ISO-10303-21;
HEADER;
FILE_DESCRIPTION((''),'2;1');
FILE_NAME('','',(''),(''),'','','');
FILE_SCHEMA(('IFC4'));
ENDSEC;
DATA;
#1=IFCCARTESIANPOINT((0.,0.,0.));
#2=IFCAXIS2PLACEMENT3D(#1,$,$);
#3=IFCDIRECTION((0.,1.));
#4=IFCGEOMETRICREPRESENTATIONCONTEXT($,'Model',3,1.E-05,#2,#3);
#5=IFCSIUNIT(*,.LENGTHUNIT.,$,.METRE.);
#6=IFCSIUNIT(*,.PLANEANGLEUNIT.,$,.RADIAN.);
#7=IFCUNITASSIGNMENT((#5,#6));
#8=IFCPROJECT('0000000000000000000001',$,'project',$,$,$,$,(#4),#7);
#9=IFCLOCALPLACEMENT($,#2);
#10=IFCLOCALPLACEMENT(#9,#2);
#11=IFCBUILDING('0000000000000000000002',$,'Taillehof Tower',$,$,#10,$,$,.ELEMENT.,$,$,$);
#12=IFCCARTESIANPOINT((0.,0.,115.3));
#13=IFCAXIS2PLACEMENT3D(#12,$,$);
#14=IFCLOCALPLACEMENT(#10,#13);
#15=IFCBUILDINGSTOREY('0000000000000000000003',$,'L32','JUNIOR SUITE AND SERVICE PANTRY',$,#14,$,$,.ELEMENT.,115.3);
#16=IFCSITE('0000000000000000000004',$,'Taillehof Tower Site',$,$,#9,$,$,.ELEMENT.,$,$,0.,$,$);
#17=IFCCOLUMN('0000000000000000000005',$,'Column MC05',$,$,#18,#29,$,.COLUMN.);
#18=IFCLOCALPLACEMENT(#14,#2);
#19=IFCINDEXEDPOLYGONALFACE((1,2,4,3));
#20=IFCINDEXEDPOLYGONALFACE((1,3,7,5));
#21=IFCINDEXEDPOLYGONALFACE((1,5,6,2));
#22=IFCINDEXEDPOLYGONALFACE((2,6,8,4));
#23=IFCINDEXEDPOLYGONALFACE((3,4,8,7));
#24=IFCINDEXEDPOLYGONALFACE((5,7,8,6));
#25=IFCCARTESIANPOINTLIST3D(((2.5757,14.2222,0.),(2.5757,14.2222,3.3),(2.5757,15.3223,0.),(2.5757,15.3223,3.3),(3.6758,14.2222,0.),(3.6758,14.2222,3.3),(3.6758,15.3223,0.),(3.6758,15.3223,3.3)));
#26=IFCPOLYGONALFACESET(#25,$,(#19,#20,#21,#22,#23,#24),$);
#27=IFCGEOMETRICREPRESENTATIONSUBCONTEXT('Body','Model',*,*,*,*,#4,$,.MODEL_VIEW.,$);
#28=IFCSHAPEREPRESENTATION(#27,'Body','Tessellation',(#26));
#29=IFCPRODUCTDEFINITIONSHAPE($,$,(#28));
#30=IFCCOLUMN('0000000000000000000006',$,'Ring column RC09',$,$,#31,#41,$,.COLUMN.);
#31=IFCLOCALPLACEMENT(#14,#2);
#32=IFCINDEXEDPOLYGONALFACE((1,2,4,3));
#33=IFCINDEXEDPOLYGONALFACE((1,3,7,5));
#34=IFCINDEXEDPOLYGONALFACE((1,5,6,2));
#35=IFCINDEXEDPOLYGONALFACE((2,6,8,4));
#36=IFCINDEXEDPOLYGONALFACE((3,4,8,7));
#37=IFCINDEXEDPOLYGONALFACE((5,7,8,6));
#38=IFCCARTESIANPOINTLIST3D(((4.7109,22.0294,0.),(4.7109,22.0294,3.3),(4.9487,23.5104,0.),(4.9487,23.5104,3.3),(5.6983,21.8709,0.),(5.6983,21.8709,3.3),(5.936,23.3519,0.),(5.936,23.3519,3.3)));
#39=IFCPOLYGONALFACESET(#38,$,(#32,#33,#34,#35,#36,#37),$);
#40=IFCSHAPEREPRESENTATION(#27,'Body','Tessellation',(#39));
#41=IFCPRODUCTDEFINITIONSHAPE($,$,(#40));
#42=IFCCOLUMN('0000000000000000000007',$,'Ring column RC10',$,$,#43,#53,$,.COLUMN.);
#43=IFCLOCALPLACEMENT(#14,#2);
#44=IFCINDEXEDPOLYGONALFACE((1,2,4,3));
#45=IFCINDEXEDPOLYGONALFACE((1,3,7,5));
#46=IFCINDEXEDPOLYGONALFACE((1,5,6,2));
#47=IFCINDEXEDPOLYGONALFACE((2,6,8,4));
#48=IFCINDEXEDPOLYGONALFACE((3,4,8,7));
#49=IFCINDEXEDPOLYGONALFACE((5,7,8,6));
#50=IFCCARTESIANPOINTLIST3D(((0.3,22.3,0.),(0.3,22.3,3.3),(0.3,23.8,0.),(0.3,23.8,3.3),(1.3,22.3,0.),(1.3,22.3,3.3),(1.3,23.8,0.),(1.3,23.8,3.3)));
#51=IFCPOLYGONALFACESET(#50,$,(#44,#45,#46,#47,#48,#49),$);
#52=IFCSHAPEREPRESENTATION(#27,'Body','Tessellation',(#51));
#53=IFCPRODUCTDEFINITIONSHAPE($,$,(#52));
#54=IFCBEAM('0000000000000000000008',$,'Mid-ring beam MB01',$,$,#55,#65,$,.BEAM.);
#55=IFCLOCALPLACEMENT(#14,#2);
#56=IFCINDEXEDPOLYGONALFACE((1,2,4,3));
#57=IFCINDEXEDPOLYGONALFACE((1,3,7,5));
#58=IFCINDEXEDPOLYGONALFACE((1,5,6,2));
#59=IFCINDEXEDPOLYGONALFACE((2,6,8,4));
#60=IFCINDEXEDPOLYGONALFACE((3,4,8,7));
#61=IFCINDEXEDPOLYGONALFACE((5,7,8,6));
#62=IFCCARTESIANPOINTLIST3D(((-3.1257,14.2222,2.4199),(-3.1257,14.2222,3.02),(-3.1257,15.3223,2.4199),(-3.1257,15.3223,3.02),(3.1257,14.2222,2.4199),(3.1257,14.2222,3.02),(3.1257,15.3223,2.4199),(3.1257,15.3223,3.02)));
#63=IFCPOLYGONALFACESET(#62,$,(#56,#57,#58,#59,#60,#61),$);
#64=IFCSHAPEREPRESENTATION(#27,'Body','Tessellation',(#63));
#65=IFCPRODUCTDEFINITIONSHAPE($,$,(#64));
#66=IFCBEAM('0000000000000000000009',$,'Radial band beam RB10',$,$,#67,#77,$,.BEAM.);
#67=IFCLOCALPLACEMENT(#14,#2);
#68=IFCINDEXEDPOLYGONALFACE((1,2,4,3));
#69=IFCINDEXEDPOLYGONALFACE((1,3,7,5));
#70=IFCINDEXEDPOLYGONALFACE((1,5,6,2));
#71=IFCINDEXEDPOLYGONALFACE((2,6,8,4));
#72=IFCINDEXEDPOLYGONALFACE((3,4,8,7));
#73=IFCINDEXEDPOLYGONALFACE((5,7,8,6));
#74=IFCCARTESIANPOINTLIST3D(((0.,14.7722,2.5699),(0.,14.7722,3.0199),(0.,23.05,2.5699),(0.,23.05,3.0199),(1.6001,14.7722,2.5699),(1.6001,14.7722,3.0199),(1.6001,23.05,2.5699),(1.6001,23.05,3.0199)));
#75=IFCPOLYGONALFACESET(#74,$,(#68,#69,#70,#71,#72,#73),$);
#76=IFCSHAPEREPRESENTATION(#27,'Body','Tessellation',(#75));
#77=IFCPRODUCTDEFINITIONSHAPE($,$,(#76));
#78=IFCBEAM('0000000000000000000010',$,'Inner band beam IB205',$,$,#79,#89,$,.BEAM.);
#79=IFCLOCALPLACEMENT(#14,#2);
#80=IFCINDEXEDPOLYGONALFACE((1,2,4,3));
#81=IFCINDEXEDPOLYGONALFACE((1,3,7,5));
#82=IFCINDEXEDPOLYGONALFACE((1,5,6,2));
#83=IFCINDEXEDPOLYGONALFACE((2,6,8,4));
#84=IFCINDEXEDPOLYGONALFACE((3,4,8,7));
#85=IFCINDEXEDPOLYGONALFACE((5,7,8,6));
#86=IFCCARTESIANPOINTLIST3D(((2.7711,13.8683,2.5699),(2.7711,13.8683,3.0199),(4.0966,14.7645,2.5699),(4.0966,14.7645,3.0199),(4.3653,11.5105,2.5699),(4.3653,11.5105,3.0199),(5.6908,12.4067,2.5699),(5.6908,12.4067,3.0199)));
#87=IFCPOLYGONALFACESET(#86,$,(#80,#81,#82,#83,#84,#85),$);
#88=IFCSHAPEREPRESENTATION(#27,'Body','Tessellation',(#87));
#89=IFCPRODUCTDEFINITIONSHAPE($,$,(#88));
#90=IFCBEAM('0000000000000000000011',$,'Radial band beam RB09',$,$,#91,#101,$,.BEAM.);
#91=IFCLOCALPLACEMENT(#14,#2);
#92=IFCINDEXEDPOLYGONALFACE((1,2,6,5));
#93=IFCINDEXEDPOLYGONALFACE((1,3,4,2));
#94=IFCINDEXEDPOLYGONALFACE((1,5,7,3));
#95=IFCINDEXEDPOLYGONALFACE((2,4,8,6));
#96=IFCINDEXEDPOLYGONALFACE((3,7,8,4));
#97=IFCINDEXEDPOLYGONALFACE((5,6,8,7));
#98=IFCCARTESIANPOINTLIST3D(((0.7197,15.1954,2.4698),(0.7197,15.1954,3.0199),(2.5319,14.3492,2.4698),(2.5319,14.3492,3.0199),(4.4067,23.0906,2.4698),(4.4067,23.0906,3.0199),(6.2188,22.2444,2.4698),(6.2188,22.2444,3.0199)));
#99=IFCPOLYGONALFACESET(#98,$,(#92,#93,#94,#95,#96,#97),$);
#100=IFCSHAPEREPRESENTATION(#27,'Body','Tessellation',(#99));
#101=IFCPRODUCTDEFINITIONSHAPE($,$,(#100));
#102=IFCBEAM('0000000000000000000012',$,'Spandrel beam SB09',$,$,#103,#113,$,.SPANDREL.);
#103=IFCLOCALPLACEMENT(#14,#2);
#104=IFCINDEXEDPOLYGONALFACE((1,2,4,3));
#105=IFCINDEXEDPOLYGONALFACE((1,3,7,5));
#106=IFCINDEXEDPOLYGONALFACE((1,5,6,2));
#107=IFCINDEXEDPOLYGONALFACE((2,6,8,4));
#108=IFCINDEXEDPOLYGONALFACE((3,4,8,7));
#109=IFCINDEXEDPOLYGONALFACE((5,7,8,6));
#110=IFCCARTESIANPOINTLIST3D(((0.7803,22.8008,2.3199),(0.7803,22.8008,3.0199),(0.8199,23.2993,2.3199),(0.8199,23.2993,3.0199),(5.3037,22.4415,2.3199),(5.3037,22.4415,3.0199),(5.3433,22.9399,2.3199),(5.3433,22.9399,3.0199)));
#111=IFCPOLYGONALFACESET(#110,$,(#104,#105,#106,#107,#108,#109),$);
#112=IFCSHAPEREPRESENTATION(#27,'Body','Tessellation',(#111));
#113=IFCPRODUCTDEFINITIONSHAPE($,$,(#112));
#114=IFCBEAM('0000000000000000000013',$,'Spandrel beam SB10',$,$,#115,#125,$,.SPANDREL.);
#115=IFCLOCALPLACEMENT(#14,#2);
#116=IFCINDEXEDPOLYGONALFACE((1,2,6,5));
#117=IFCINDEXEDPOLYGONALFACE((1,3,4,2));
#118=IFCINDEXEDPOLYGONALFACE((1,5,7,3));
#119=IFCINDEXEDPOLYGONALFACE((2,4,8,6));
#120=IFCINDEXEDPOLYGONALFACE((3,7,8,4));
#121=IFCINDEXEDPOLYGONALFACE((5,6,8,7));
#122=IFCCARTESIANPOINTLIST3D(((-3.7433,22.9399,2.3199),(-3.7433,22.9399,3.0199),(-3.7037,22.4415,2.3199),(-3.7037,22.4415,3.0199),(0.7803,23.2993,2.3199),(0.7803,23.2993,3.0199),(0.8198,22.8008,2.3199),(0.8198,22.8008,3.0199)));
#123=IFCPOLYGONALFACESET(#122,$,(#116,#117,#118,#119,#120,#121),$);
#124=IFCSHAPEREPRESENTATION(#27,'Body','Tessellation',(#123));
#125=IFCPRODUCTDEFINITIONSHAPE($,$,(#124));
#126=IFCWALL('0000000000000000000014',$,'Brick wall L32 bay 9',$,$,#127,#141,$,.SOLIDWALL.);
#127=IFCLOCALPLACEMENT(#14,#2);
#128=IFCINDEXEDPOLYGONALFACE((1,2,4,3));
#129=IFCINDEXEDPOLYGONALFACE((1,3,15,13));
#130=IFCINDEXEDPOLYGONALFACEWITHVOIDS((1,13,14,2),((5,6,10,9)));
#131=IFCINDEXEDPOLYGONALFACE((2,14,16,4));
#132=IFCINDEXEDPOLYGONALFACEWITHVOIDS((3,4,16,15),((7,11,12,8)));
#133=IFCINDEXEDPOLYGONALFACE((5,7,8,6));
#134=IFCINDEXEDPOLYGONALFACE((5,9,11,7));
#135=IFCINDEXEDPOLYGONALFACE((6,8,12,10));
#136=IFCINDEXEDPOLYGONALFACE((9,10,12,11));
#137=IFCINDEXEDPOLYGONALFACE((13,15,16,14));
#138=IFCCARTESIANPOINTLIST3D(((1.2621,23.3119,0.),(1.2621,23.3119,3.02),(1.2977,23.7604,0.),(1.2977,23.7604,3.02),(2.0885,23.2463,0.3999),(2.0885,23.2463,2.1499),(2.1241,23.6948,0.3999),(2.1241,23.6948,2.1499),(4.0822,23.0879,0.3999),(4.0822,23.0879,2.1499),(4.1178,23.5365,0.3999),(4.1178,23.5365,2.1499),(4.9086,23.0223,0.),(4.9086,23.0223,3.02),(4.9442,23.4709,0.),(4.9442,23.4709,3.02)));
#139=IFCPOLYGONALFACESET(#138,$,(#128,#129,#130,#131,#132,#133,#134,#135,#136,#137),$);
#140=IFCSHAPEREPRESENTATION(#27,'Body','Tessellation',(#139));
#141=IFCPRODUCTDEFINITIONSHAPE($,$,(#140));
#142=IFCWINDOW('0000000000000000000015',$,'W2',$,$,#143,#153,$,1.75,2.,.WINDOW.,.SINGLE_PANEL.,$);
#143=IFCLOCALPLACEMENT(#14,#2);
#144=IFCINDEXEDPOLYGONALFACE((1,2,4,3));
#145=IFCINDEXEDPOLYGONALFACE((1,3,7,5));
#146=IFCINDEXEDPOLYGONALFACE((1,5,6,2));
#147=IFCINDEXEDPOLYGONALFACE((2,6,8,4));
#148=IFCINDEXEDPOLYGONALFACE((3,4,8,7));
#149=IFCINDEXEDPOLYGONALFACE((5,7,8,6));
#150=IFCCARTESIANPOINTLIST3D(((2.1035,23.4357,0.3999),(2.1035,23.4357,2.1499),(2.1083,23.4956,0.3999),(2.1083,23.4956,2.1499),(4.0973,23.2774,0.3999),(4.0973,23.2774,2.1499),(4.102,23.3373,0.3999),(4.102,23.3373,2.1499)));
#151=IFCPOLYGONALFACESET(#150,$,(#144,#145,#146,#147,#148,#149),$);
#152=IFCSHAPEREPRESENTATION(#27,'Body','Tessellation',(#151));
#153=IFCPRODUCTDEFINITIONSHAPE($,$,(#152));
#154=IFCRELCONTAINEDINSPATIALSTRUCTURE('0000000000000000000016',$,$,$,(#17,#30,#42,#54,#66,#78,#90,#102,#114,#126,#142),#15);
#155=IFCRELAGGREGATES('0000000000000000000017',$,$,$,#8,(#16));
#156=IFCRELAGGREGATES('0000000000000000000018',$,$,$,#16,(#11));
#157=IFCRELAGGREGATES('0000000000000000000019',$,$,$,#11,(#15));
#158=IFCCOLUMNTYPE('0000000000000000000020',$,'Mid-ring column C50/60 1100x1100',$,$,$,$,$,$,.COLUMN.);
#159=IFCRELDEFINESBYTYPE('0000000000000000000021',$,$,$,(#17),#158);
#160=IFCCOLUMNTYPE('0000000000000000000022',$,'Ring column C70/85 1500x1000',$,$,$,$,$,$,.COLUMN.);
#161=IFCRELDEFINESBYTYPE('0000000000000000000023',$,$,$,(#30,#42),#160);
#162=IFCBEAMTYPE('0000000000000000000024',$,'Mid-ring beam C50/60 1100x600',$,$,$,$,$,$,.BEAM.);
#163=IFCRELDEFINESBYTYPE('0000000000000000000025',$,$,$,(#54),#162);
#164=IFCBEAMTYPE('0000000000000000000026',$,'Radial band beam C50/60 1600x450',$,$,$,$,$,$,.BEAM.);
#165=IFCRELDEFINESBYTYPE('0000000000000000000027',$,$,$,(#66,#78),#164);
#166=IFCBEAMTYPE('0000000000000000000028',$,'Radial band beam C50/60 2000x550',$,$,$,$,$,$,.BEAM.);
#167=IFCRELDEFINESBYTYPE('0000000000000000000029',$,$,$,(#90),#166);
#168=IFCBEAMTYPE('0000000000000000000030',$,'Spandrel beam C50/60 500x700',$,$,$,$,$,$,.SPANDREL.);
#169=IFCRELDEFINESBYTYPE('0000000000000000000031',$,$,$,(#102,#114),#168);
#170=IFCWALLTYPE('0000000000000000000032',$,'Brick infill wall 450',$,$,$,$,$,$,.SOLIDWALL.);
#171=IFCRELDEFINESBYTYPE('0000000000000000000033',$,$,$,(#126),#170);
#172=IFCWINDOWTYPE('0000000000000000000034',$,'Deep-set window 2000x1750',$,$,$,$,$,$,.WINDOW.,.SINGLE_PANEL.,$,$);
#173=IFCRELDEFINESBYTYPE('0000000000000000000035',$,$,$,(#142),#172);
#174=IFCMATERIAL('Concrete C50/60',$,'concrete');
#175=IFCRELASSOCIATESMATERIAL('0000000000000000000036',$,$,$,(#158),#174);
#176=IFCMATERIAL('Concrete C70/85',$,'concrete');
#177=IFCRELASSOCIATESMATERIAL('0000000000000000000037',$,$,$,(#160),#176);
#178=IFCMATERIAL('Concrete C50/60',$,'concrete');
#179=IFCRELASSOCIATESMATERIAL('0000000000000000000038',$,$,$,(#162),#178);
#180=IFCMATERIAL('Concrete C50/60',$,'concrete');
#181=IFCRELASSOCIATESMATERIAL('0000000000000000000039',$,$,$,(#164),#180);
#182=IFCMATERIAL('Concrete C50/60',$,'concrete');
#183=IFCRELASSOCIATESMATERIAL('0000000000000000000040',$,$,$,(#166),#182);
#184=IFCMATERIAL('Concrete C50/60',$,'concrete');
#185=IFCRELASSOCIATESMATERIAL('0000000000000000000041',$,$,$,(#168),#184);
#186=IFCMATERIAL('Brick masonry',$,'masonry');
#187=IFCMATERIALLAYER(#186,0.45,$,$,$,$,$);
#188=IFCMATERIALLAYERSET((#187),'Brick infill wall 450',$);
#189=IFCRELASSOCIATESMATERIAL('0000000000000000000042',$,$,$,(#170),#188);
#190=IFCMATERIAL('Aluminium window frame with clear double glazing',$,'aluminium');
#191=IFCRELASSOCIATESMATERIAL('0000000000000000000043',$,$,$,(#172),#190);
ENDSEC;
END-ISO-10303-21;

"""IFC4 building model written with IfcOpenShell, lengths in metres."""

from ifc_helpers import new_model, si_unit, direction, frame, frame_2d, origin, origin_2d, place, context, subcontext, project, spatial, rectangle, extrude, material, layer, layer_set, material_profile, profile_set, type_object, element, fill, save


model = new_model("IFC4")

# Units and contexts
model_context = context("Model", 3, precision=1e-05, world=origin(), true_north=direction((0.0, 1.0)))
body_context = subcontext(model_context, "Body", "Model", "MODEL_VIEW")
ifc_project = project(units=[si_unit("LENGTHUNIT", "METRE"), si_unit("PLANEANGLEUNIT", "RADIAN")], contexts=[model_context])

# Site, building, storey
site_placement = place(None, origin())
site = spatial("IfcSite", under=ifc_project, at=site_placement, Name="Taillehof Tower Site", CompositionType="ELEMENT", RefElevation=0.0)
building_placement = place(site_placement, origin())
building = spatial("IfcBuilding", under=site, at=building_placement, Name="Taillehof Tower", CompositionType="ELEMENT")
storey_placement = place(building_placement, frame((0.0, 0.0, 115.3)))
storey = spatial("IfcBuildingStorey", under=building, at=storey_placement, Name="L32", Description="JUNIOR SUITE AND SERVICE PANTRY", CompositionType="ELEMENT", Elevation=115.3)

# Columns
ifc_material_1 = material(Name="Concrete C50/60", Category="concrete")
ifc_material_profile_1 = material_profile(ifc_material_1, rectangle(XDim=1.1001, YDim=1.1001, at=origin_2d()), Name="RC 1100x1100")
ifc_profile_set_1 = profile_set([ifc_material_profile_1], Name="Concrete C50/60")
column_type_1 = type_object("IfcColumnType", Name="Mid-ring column C50/60 1100x1100", PredefinedType="COLUMN", material=ifc_profile_set_1)
column_placement = place(storey_placement, frame((3.1257, 14.7722, 0.0), z_axis=(0.0, 0.0, 1.0), x_axis=(1.0, 0.0, 0.0)))
element("IfcColumn", 1, at=column_placement, inside=storey, type_object=column_type_1, Name="Column MC05", PredefinedType="COLUMN", context=body_context, shape_type="SweptSolid", body=[
    extrude(rectangle(XDim=1.1001, YDim=1.1001, at=origin_2d()), origin(), (0.0, 0.0, 1.0), 3.3),
])
ifc_material_2 = material(Name="Concrete C70/85", Category="concrete")
ifc_material_profile_2 = material_profile(ifc_material_2, rectangle(XDim=1.5, YDim=1.0, at=origin_2d()), Name="RC 1500x1000")
ifc_profile_set_2 = profile_set([ifc_material_profile_2], Name="Concrete C70/85")
column_type_2 = type_object("IfcColumnType", Name="Ring column C70/85 1500x1000", PredefinedType="COLUMN", material=ifc_profile_set_2)
for number, where, z_axis, x_axis, name in (
    (2, (5.3235, 22.6907, 0.0), (0.0, 0.0, 1.0), (0.158507, 0.987358, 0.0), "Ring column RC09"),
    (3, (0.8, 23.05, 0.0), (0.0, 0.0, 1.0), (0.0, 1.0, 0.0), "Ring column RC10"),
):
    element("IfcColumn", number, at=place(storey_placement, frame(where, z_axis=z_axis, x_axis=x_axis)), inside=storey, type_object=column_type_2, Name=name, PredefinedType="COLUMN", context=body_context, shape_type="SweptSolid", body=[
        extrude(rectangle(XDim=1.5, YDim=1.0, at=origin_2d()), origin(), (0.0, 0.0, 1.0), 3.3),
    ])

# Beams
ifc_material_3 = material(Name="Concrete C50/60", Category="concrete")
ifc_material_profile_3 = material_profile(ifc_material_3, rectangle(XDim=1.1001, YDim=0.6001, at=origin_2d()), Name="RC 1100x600")
ifc_profile_set_3 = profile_set([ifc_material_profile_3], Name="Concrete C50/60")
beam_type_1 = type_object("IfcBeamType", Name="Mid-ring beam C50/60 1100x600", PredefinedType="BEAM", material=ifc_profile_set_3)
beam_1_placement = place(storey_placement, frame((3.1257, 14.7722, 2.72), z_axis=(-1.0, 0.0, 0.0), x_axis=(0.0, -1.0, 0.0)))
element("IfcBeam", 4, at=beam_1_placement, inside=storey, type_object=beam_type_1, Name="Mid-ring beam MB01", PredefinedType="BEAM", context=body_context, shape_type="SweptSolid", body=[
    extrude(rectangle(XDim=1.1001, YDim=0.6001, at=origin_2d()), origin(), (0.0, 0.0, 1.0), 6.2515),
])
ifc_material_4 = material(Name="Concrete C50/60", Category="concrete")
ifc_material_profile_4 = material_profile(ifc_material_4, rectangle(XDim=1.6001, YDim=0.45, at=origin_2d()), Name="RC 1600x450")
ifc_profile_set_4 = profile_set([ifc_material_profile_4], Name="Concrete C50/60")
beam_type_2 = type_object("IfcBeamType", Name="Radial band beam C50/60 1600x450", PredefinedType="BEAM", material=ifc_profile_set_4)
beam_2_placement = place(storey_placement, frame((0.8, 23.05, 2.7949), z_axis=(0.0, -1.0, 0.0), x_axis=(1.0, 0.0, 0.0)))
element("IfcBeam", 5, at=beam_2_placement, inside=storey, type_object=beam_type_2, Name="Radial band beam RB10", PredefinedType="BEAM", context=body_context, shape_type="SweptSolid", body=[
    extrude(rectangle(XDim=1.6001, YDim=0.45, at=origin_2d()), origin(), (0.0, 0.0, 1.0), 8.2778),
])
beam_3_placement = place(storey_placement, frame((3.4338, 14.3164, 2.7949), z_axis=(0.560112, -0.828417, 0.0), x_axis=(0.828417, 0.560112, 0.0)))
element("IfcBeam", 6, at=beam_3_placement, inside=storey, type_object=beam_type_2, Name="Inner band beam IB205", PredefinedType="BEAM", context=body_context, shape_type="SweptSolid", body=[
    extrude(rectangle(XDim=1.6001, YDim=0.45, at=origin_2d()), origin(), (0.0, 0.0, 1.0), 2.8462),
])
ifc_material_5 = material(Name="Concrete C50/60", Category="concrete")
ifc_material_profile_5 = material_profile(ifc_material_5, rectangle(XDim=2.0, YDim=0.55, at=origin_2d()), Name="RC 2000x550")
ifc_profile_set_5 = profile_set([ifc_material_profile_5], Name="Concrete C50/60")
beam_type_3 = type_object("IfcBeamType", Name="Radial band beam C50/60 2000x550", PredefinedType="BEAM", material=ifc_profile_set_5)
beam_4_placement = place(storey_placement, frame((5.3127, 22.6675, 2.7449), z_axis=(-0.423126, -0.906071, 0.0), x_axis=(0.906071, -0.423126, 0.0)))
element("IfcBeam", 7, at=beam_4_placement, inside=storey, type_object=beam_type_3, Name="Radial band beam RB09", PredefinedType="BEAM", context=body_context, shape_type="SweptSolid", body=[
    extrude(rectangle(XDim=2.0, YDim=0.55, at=origin_2d()), origin(), (0.0, 0.0, 1.0), 8.7136),
])
ifc_material_6 = material(Name="Concrete C50/60", Category="concrete")
ifc_material_profile_6 = material_profile(ifc_material_6, rectangle(XDim=0.5, YDim=0.7, at=origin_2d()), Name="RC 500x700")
ifc_profile_set_6 = profile_set([ifc_material_profile_6], Name="Concrete C50/60")
beam_type_4 = type_object("IfcBeamType", Name="Spandrel beam C50/60 500x700", PredefinedType="SPANDREL", material=ifc_profile_set_6)
beam_5_placement = place(storey_placement, frame((5.3235, 22.6907, 2.6699), z_axis=(-0.996859, 0.079198, 0.0), x_axis=(-0.079198, -0.996859, 0.0)))
element("IfcBeam", 8, at=beam_5_placement, inside=storey, type_object=beam_type_4, Name="Spandrel beam SB09", PredefinedType="SPANDREL", context=body_context, shape_type="SweptSolid", body=[
    extrude(rectangle(XDim=0.5, YDim=0.7, at=origin_2d()), origin(), (0.0, 0.0, 1.0), 4.5376),
])
beam_6_placement = place(storey_placement, frame((0.8, 23.05, 2.6699), z_axis=(-0.996859, -0.079194, 0.0), x_axis=(0.079194, -0.996859, 0.0)))
element("IfcBeam", 9, at=beam_6_placement, inside=storey, type_object=beam_type_4, Name="Spandrel beam SB10", PredefinedType="SPANDREL", context=body_context, shape_type="SweptSolid", body=[
    extrude(rectangle(XDim=0.5, YDim=0.7, at=origin_2d()), origin(), (0.0, 0.0, 1.0), 4.5378),
])

# Wall, opening, window
ifc_material_7 = material(Name="Brick masonry", Category="masonry")
ifc_layer_1 = layer(ifc_material_7, 0.45)
ifc_layer_set_1 = layer_set([ifc_layer_1], Name="Brick infill wall 450")
wall_type_1 = type_object("IfcWallType", Name="Brick infill wall 450", PredefinedType="SOLIDWALL", material=ifc_layer_set_1)
wall_1_placement = place(storey_placement, frame((4.9265, 23.2466, 0.0), z_axis=(0.0, 0.0, 1.0), x_axis=(-0.996862, 0.079156, 0.0)))
wall_1 = element("IfcWall", 10, at=wall_1_placement, inside=storey, type_object=wall_type_1, Name="Brick wall L32 bay 9", PredefinedType="SOLIDWALL", context=body_context, shape_type="SweptSolid", body=[
    extrude(rectangle(XDim=3.658, YDim=0.45, at=frame_2d((1.8291, 0.0))), origin(), (0.0, 0.0, 1.0), 3.02),
])
opening_1_placement = place(wall_1_placement, frame((0.8291, 0.0, 0.3999)))
opening_1 = element("IfcOpeningElement", 11, at=opening_1_placement, cuts=wall_1, PredefinedType="OPENING", context=body_context, shape_type="SweptSolid", body=[
    extrude(rectangle(XDim=2.0, YDim=1.75, at=frame_2d((1.0, 0.875))), frame((0.0, 0.2349, 0.0), z_axis=(0.0, -1.0, 0.0), x_axis=(1.0, 0.0, 0.0)), (0.0, 0.0, 1.0), 0.47),
])
ifc_material_8 = material(Name="Aluminium window frame with clear double glazing", Category="aluminium")
window_type = type_object("IfcWindowType", Name="Deep-set window 2000x1750", PartitioningType="SINGLE_PANEL", PredefinedType="WINDOW", material=ifc_material_8)
window_1_placement = place(opening_1_placement, origin())
window_1 = element("IfcWindow", 12, at=window_1_placement, inside=storey, type_object=window_type, Name="W2", OverallHeight=1.75, OverallWidth=2.0, PartitioningType="SINGLE_PANEL", PredefinedType="WINDOW", context=body_context, shape_type="SweptSolid", body=[
    extrude(rectangle(XDim=2.0, YDim=1.75, at=frame_2d((1.0, 0.875))), frame((0.0, 0.0349, 0.0), z_axis=(0.0, -1.0, 0.0), x_axis=(1.0, 0.0, 0.0)), (0.0, 0.0, 1.0), 0.0601),
])
fill(opening_1, window_1)

save(model, "model.ifc")
